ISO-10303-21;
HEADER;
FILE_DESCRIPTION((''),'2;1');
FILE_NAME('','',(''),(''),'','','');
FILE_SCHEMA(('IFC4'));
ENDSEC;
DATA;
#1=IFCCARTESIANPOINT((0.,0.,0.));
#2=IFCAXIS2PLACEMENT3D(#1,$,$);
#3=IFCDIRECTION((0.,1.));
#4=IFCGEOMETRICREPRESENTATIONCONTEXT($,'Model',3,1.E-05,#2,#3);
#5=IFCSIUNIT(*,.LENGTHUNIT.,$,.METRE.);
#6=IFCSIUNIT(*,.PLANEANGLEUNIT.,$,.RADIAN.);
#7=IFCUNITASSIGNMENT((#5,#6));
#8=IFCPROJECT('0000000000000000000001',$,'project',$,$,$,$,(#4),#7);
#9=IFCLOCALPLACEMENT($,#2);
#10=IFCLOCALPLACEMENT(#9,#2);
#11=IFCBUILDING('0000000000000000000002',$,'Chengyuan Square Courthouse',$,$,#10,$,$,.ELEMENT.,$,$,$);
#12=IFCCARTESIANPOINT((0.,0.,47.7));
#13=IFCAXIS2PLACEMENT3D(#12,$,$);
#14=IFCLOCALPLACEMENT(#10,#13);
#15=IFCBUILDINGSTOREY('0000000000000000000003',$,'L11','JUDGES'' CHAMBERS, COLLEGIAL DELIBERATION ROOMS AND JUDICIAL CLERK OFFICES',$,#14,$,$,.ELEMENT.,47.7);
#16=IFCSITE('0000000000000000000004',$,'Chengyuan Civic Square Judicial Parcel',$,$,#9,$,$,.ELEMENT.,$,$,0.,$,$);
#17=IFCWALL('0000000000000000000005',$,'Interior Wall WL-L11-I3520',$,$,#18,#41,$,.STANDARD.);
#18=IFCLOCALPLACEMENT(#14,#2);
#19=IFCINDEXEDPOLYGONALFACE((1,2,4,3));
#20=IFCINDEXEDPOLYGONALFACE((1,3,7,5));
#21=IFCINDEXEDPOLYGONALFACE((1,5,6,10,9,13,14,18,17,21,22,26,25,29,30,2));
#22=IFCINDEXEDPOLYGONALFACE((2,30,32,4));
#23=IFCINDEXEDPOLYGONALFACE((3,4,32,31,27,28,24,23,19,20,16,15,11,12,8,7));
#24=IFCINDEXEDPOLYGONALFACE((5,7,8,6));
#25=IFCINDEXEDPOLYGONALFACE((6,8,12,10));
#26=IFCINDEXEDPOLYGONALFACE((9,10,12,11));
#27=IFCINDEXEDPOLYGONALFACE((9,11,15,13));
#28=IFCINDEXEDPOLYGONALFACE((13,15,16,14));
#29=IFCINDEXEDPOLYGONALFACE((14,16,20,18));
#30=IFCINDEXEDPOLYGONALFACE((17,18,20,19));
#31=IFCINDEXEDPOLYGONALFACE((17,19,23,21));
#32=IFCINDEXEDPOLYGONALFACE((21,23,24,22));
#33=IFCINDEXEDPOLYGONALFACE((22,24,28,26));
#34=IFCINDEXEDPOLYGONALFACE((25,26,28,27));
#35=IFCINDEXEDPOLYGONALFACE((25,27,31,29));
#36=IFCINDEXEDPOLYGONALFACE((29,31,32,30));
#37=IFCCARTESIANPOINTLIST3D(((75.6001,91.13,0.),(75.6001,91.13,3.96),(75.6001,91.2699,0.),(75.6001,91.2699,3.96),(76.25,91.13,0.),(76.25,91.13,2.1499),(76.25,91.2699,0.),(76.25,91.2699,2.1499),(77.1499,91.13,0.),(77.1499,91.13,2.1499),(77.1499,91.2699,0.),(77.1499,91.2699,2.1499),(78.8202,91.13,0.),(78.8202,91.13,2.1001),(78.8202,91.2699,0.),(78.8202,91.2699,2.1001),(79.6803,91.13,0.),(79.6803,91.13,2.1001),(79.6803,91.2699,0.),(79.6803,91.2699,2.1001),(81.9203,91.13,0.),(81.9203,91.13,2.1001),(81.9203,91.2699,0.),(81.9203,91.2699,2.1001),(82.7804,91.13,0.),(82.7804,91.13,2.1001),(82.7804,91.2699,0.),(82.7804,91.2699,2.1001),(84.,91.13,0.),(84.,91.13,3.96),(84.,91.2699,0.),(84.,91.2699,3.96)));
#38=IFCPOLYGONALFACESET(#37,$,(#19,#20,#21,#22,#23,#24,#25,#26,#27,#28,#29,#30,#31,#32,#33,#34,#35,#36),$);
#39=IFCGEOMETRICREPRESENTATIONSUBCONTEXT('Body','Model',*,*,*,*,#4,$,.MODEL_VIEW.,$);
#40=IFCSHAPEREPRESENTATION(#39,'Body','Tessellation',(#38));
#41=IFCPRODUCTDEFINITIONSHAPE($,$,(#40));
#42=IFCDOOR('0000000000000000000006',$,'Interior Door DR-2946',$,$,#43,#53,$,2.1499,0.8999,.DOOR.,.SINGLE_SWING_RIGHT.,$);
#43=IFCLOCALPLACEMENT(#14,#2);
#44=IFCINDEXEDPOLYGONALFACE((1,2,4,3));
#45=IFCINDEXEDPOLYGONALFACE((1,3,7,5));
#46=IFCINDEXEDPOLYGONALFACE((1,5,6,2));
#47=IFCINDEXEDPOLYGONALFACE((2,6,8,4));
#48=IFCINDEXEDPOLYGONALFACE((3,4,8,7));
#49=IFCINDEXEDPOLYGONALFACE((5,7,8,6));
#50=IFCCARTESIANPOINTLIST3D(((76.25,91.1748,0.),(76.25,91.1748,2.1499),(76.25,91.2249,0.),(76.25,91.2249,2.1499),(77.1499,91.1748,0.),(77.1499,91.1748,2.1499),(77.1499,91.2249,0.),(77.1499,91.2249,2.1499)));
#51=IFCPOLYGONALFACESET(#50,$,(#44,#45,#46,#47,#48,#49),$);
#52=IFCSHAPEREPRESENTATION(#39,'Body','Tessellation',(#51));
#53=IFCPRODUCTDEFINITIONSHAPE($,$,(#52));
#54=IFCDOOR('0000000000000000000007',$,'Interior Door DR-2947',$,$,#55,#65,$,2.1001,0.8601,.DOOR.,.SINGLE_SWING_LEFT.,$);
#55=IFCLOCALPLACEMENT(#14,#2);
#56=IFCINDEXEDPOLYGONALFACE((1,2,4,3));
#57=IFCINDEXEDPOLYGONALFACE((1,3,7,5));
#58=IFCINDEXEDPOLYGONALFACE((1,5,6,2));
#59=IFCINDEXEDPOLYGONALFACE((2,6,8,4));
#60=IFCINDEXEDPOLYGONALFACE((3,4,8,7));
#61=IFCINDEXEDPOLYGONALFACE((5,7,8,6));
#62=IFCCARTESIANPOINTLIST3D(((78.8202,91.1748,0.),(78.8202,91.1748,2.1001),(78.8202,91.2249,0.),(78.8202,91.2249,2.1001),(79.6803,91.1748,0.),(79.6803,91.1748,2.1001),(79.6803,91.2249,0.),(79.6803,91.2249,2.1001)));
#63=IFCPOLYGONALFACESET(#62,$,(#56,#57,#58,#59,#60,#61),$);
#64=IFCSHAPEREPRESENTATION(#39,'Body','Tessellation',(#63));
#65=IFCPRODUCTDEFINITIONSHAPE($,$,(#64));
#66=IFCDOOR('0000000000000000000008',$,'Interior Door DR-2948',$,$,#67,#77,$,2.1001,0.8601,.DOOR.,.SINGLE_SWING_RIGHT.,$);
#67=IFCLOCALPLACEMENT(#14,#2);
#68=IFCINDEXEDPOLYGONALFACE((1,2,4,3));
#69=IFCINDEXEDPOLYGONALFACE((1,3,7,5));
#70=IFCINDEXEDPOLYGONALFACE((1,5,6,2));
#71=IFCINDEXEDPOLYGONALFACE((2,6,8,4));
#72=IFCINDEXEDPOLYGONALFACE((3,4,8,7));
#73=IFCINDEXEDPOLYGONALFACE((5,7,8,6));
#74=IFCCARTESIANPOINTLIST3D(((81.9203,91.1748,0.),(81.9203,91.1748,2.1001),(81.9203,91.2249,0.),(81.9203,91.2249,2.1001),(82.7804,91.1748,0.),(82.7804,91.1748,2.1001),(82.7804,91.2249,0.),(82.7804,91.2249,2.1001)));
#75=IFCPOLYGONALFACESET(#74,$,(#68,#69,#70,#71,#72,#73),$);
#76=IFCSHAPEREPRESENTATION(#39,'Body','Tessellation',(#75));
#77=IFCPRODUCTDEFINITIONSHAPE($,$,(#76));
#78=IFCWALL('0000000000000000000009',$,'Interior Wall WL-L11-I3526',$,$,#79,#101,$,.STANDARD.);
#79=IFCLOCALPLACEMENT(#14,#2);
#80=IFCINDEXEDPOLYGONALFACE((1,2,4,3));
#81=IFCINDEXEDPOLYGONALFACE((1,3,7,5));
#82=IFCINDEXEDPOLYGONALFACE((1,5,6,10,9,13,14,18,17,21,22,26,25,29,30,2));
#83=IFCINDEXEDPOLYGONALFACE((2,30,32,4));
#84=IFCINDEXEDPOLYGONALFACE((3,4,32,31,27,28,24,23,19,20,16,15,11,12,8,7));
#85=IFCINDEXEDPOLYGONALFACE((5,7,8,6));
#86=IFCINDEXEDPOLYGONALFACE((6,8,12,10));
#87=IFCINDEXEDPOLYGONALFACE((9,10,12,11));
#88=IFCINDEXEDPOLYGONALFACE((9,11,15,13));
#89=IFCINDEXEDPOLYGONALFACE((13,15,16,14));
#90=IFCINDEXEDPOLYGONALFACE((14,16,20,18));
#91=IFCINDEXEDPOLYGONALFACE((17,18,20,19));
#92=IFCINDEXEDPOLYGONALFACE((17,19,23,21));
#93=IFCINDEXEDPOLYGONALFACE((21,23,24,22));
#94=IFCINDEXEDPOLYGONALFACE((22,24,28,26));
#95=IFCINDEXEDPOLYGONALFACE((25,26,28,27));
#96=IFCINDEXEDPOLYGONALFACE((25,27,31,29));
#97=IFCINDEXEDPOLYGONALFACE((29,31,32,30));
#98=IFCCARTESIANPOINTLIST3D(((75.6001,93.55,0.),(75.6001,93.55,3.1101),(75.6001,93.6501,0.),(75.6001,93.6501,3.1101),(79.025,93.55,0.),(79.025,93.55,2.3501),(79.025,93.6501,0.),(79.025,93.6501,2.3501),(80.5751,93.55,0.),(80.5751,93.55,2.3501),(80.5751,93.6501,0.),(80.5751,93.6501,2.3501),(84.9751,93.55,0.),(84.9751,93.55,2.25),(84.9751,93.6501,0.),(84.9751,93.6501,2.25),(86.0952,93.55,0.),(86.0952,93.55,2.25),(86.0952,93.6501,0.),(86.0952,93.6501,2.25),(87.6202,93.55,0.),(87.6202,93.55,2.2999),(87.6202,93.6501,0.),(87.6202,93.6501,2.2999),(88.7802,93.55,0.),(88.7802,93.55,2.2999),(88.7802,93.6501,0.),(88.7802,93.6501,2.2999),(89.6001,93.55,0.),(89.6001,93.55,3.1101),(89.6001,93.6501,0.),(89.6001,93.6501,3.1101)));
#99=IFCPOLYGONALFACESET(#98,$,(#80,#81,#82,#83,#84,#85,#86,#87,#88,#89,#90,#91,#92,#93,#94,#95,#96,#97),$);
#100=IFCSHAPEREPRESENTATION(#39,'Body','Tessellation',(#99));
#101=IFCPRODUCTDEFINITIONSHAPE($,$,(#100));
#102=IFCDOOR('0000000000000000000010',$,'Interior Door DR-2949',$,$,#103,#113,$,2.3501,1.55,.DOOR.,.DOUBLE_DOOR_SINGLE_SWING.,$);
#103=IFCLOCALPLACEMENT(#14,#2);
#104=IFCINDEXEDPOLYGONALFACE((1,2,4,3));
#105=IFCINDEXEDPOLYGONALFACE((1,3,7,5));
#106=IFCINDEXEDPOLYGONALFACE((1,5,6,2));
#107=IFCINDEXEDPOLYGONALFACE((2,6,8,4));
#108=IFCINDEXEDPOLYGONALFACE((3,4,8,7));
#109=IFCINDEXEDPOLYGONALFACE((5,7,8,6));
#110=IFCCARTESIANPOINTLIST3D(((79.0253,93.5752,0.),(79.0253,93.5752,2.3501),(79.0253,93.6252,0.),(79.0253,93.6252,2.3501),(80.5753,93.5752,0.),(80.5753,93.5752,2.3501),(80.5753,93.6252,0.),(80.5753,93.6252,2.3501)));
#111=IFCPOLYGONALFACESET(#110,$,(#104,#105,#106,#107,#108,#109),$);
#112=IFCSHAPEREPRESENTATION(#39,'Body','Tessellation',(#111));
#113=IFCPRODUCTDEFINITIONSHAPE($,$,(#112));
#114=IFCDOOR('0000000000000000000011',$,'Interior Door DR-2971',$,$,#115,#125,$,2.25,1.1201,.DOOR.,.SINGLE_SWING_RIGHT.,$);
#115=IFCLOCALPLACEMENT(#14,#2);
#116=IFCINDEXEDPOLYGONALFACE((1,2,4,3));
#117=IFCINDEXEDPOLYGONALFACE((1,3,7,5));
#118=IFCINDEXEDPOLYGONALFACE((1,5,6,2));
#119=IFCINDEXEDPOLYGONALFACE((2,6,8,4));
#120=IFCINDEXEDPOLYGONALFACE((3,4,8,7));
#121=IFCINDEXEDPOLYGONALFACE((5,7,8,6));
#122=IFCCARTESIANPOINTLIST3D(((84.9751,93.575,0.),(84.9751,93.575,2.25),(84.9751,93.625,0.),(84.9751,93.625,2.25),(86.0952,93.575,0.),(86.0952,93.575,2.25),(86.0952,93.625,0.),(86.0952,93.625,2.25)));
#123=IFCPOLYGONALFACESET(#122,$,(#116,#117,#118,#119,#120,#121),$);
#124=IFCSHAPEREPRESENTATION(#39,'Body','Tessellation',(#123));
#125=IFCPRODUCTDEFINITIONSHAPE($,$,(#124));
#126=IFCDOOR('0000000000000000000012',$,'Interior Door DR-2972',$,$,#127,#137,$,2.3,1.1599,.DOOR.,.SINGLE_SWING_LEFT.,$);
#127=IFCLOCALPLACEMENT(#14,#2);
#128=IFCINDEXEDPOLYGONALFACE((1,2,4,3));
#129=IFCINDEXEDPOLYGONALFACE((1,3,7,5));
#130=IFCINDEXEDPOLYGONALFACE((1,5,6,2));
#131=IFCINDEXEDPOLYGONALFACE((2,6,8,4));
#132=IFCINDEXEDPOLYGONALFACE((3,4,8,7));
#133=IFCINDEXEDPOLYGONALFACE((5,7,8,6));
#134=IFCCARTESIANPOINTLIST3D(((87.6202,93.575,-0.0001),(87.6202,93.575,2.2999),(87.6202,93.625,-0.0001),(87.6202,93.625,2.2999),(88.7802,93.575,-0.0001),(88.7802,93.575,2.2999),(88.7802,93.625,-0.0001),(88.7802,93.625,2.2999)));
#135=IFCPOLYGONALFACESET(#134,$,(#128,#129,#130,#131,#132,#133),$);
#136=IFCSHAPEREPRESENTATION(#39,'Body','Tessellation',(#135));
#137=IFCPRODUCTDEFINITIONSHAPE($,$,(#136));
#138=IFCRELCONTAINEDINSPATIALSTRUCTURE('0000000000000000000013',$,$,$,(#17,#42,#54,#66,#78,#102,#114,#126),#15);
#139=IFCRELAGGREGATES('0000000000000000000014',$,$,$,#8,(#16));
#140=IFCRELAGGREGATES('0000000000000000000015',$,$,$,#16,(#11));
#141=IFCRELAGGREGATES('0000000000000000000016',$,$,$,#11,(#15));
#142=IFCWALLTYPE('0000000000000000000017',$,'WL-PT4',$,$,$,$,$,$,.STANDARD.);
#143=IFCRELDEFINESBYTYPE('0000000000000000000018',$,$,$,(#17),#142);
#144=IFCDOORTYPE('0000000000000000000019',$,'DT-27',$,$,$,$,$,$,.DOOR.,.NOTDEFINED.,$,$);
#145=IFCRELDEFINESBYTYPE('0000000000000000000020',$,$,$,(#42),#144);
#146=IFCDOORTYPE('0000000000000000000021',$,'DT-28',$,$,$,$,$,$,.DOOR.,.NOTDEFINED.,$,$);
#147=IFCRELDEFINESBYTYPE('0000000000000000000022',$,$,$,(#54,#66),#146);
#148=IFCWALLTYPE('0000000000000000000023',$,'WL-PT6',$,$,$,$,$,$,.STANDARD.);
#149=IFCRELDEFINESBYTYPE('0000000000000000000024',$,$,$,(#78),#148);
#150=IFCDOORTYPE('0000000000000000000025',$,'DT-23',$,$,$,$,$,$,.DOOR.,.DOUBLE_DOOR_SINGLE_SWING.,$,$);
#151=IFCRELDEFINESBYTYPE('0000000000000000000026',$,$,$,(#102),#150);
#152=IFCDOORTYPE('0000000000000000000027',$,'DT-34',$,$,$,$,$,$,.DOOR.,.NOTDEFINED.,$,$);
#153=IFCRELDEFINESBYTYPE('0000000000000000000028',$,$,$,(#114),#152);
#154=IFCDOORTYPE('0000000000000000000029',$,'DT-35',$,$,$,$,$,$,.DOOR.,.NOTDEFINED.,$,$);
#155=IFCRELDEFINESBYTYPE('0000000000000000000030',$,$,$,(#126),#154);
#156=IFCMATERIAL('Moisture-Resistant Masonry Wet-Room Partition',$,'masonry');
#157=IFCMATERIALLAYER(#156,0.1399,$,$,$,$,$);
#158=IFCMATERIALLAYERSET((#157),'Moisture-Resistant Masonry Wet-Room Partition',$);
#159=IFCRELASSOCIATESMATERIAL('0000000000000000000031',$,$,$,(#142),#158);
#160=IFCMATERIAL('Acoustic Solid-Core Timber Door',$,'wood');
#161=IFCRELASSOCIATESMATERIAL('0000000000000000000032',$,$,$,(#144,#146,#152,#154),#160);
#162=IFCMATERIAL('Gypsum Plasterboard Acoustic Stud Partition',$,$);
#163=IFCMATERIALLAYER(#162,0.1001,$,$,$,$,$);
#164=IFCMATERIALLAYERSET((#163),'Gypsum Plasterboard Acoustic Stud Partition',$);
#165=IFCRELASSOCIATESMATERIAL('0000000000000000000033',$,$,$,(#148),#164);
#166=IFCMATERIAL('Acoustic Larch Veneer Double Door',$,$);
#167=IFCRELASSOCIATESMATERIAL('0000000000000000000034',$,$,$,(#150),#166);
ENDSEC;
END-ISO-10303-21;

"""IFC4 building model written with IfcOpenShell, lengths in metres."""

from ifc_helpers import new_model, si_unit, direction, frame, frame_2d, origin, place, context, subcontext, project, spatial, rectangle, extrude, material, layer, layer_set, type_object, element, fill, save


model = new_model("IFC4")

# Units and contexts
model_context = context("Model", 3, precision=1e-05, world=origin(), true_north=direction((0.0, 1.0)))
body_context = subcontext(model_context, "Body", "Model", "MODEL_VIEW")
ifc_project = project(units=[si_unit("LENGTHUNIT", "METRE"), si_unit("PLANEANGLEUNIT", "RADIAN")], contexts=[model_context])

# Site, building, storey
site_placement = place(None, origin())
site = spatial("IfcSite", under=ifc_project, at=site_placement, Name="Chengyuan Civic Square Judicial Parcel", CompositionType="ELEMENT", RefElevation=0.0)
building_placement = place(site_placement, origin())
building = spatial("IfcBuilding", under=site, at=building_placement, Name="Chengyuan Square Courthouse", CompositionType="ELEMENT")
storey_placement = place(building_placement, frame((0.0, 0.0, 47.7)))
storey = spatial("IfcBuildingStorey", under=building, at=storey_placement, Name="L11", Description="JUDGES' CHAMBERS, COLLEGIAL DELIBERATION ROOMS AND JUDICIAL CLERK OFFICES", CompositionType="ELEMENT", Elevation=47.7)

# Shared definitions
ifc_material_1 = material(Name="Acoustic Solid-Core Timber Door", Category="wood")

# Walls, openings, doors
ifc_material_2 = material(Name="Moisture-Resistant Masonry Wet-Room Partition", Category="masonry")
ifc_layer_1 = layer(ifc_material_2, 0.1399)
ifc_layer_set_1 = layer_set([ifc_layer_1], Name="Moisture-Resistant Masonry Wet-Room Partition")
wall_type_1 = type_object("IfcWallType", Name="WL-PT4", PredefinedType="STANDARD", material=ifc_layer_set_1)
wall_1_placement = place(storey_placement, frame((75.6001, 91.2, 0.0), z_axis=(0.0, 0.0, 1.0), x_axis=(1.0, 0.0, 0.0)))
wall_1 = element("IfcWall", 1, at=wall_1_placement, inside=storey, type_object=wall_type_1, Name="Interior Wall WL-L11-I3520", PredefinedType="STANDARD", context=body_context, shape_type="SweptSolid", body=[
    extrude(rectangle(XDim=8.3999, YDim=0.1399, at=frame_2d((4.2, 0.0))), origin(), (0.0, 0.0, 1.0), 3.96),
])
opening_1_placement = place(wall_1_placement, frame((0.6499, 0.0, 0.0)))
opening_1 = element("IfcOpeningElement", 2, at=opening_1_placement, cuts=wall_1, PredefinedType="OPENING", context=body_context, shape_type="SweptSolid", body=[
    extrude(rectangle(XDim=0.8999, YDim=2.1499, at=frame_2d((0.45, 1.075))), frame((0.0, 0.082, 0.0), z_axis=(0.0, -1.0, 0.0), x_axis=(1.0, 0.0, 0.0)), (0.0, 0.0, 1.0), 0.1638),
])
opening_2_placement = place(wall_1_placement, frame((3.22, 0.0, 0.0)))
opening_2 = element("IfcOpeningElement", 3, at=opening_2_placement, cuts=wall_1, PredefinedType="OPENING", context=body_context, shape_type="SweptSolid", body=[
    extrude(rectangle(XDim=0.8601, YDim=2.1001, at=frame_2d((0.4302, 1.05))), frame((0.0, 0.082, 0.0), z_axis=(0.0, -1.0, 0.0), x_axis=(1.0, 0.0, 0.0)), (0.0, 0.0, 1.0), 0.1638),
])
opening_3_placement = place(wall_1_placement, frame((6.3201, 0.0, 0.0)))
opening_3 = element("IfcOpeningElement", 4, at=opening_3_placement, cuts=wall_1, PredefinedType="OPENING", context=body_context, shape_type="SweptSolid", body=[
    extrude(rectangle(XDim=0.8601, YDim=2.1001, at=frame_2d((0.4302, 1.05))), frame((0.0, 0.082, 0.0), z_axis=(0.0, -1.0, 0.0), x_axis=(1.0, 0.0, 0.0)), (0.0, 0.0, 1.0), 0.1638),
])
door_type_1 = type_object("IfcDoorType", Name="DT-27", OperationType="NOTDEFINED", PredefinedType="DOOR", material=ifc_material_1)
door_1_placement = place(opening_1_placement, origin())
door_1 = element("IfcDoor", 5, at=door_1_placement, inside=storey, type_object=door_type_1, Name="Interior Door DR-2946", OperationType="SINGLE_SWING_RIGHT", OverallHeight=2.1499, OverallWidth=0.8999, PredefinedType="DOOR", context=body_context, shape_type="SweptSolid", body=[
    extrude(rectangle(XDim=0.8999, YDim=2.1499, at=frame_2d((0.45, 1.075))), frame((0.0, 0.0249, 0.0), z_axis=(0.0, -1.0, 0.0), x_axis=(1.0, 0.0, 0.0)), (0.0, 0.0, 1.0), 0.05),
])
fill(opening_1, door_1)
door_type_2 = type_object("IfcDoorType", Name="DT-28", OperationType="NOTDEFINED", PredefinedType="DOOR", material=ifc_material_1)
door_2_placement = place(opening_2_placement, origin())
door_2 = element("IfcDoor", 6, at=door_2_placement, inside=storey, type_object=door_type_2, Name="Interior Door DR-2947", OperationType="SINGLE_SWING_LEFT", OverallHeight=2.1001, OverallWidth=0.8601, PredefinedType="DOOR", context=body_context, shape_type="SweptSolid", body=[
    extrude(rectangle(XDim=0.8601, YDim=2.1001, at=frame_2d((0.4302, 1.05))), frame((0.0, 0.0249, 0.0), z_axis=(0.0, -1.0, 0.0), x_axis=(1.0, 0.0, 0.0)), (0.0, 0.0, 1.0), 0.05),
])
fill(opening_2, door_2)
door_3_placement = place(opening_3_placement, origin())
door_3 = element("IfcDoor", 7, at=door_3_placement, inside=storey, type_object=door_type_2, Name="Interior Door DR-2948", OperationType="SINGLE_SWING_RIGHT", OverallHeight=2.1001, OverallWidth=0.8601, PredefinedType="DOOR", context=body_context, shape_type="SweptSolid", body=[
    extrude(rectangle(XDim=0.8601, YDim=2.1001, at=frame_2d((0.4302, 1.05))), frame((0.0, 0.0249, 0.0), z_axis=(0.0, -1.0, 0.0), x_axis=(1.0, 0.0, 0.0)), (0.0, 0.0, 1.0), 0.05),
])
fill(opening_3, door_3)
ifc_material_3 = material(Name="Gypsum Plasterboard Acoustic Stud Partition")
ifc_layer_2 = layer(ifc_material_3, 0.1001)
ifc_layer_set_2 = layer_set([ifc_layer_2], Name="Gypsum Plasterboard Acoustic Stud Partition")
wall_type_2 = type_object("IfcWallType", Name="WL-PT6", PredefinedType="STANDARD", material=ifc_layer_set_2)
wall_2_placement = place(storey_placement, frame((75.6001, 93.6001, 0.0), z_axis=(0.0, 0.0, 1.0), x_axis=(1.0, 0.0, 0.0)))
wall_2 = element("IfcWall", 8, at=wall_2_placement, inside=storey, type_object=wall_type_2, Name="Interior Wall WL-L11-I3526", PredefinedType="STANDARD", context=body_context, shape_type="SweptSolid", body=[
    extrude(rectangle(XDim=14.0, YDim=0.1001, at=frame_2d((7.0, 0.0))), origin(), (0.0, 0.0, 1.0), 3.1101),
])
opening_4_placement = place(wall_2_placement, frame((3.425, 0.0, 0.0)))
opening_4 = element("IfcOpeningElement", 9, at=opening_4_placement, cuts=wall_2, PredefinedType="OPENING", context=body_context, shape_type="SweptSolid", body=[
    extrude(rectangle(XDim=1.55, YDim=2.3501, at=frame_2d((0.7749, 1.175))), frame((0.0, 0.062, 0.0), z_axis=(0.0, -1.0, 0.0), x_axis=(1.0, 0.0, 0.0)), (0.0, 0.0, 1.0), 0.124),
])
opening_5_placement = place(wall_2_placement, frame((9.375, 0.0, 0.0)))
opening_5 = element("IfcOpeningElement", 10, at=opening_5_placement, cuts=wall_2, PredefinedType="OPENING", context=body_context, shape_type="SweptSolid", body=[
    extrude(rectangle(XDim=1.1201, YDim=2.25, at=frame_2d((0.5601, 1.125))), frame((0.0, 0.062, 0.0), z_axis=(0.0, -1.0, 0.0), x_axis=(1.0, 0.0, 0.0)), (0.0, 0.0, 1.0), 0.124),
])
opening_6_placement = place(wall_2_placement, frame((12.02, 0.0, 0.0)))
opening_6 = element("IfcOpeningElement", 11, at=opening_6_placement, cuts=wall_2, PredefinedType="OPENING", context=body_context, shape_type="SweptSolid", body=[
    extrude(rectangle(XDim=1.1599, YDim=2.3, at=frame_2d((0.5801, 1.1499))), frame((0.0, 0.062, 0.0), z_axis=(0.0, -1.0, 0.0), x_axis=(1.0, 0.0, 0.0)), (0.0, 0.0, 1.0), 0.124),
])
ifc_material_4 = material(Name="Acoustic Larch Veneer Double Door")
door_type_3 = type_object("IfcDoorType", Name="DT-23", OperationType="DOUBLE_DOOR_SINGLE_SWING", PredefinedType="DOOR", material=ifc_material_4)
door_4_placement = place(opening_4_placement, frame((1.55, 0.0, 0.0), z_axis=(0.0, 0.0, 1.0), x_axis=(-1.0, 0.0, 0.0)))
door_4 = element("IfcDoor", 12, at=door_4_placement, inside=storey, type_object=door_type_3, Name="Interior Door DR-2949", OperationType="DOUBLE_DOOR_SINGLE_SWING", OverallHeight=2.3501, OverallWidth=1.55, PredefinedType="DOOR", context=body_context, shape_type="SweptSolid", body=[
    extrude(rectangle(XDim=1.55, YDim=2.3501, at=frame_2d((0.7749, 1.175))), frame((0.0, 0.0249, 0.0), z_axis=(0.0, -1.0, 0.0), x_axis=(1.0, 0.0, 0.0)), (0.0, 0.0, 1.0), 0.05),
])
fill(opening_4, door_4)
door_type_4 = type_object("IfcDoorType", Name="DT-34", OperationType="NOTDEFINED", PredefinedType="DOOR", material=ifc_material_1)
door_5_placement = place(opening_5_placement, origin())
door_5 = element("IfcDoor", 13, at=door_5_placement, inside=storey, type_object=door_type_4, Name="Interior Door DR-2971", OperationType="SINGLE_SWING_RIGHT", OverallHeight=2.25, OverallWidth=1.1201, PredefinedType="DOOR", context=body_context, shape_type="SweptSolid", body=[
    extrude(rectangle(XDim=1.1201, YDim=2.25, at=frame_2d((0.5601, 1.125))), frame((0.0, 0.0249, 0.0), z_axis=(0.0, -1.0, 0.0), x_axis=(1.0, 0.0, 0.0)), (0.0, 0.0, 1.0), 0.05),
])
fill(opening_5, door_5)
door_type_5 = type_object("IfcDoorType", Name="DT-35", OperationType="NOTDEFINED", PredefinedType="DOOR", material=ifc_material_1)
door_6_placement = place(opening_6_placement, origin())
door_6 = element("IfcDoor", 14, at=door_6_placement, inside=storey, type_object=door_type_5, Name="Interior Door DR-2972", OperationType="SINGLE_SWING_LEFT", OverallHeight=2.3, OverallWidth=1.1599, PredefinedType="DOOR", context=body_context, shape_type="SweptSolid", body=[
    extrude(rectangle(XDim=1.1599, YDim=2.3, at=frame_2d((0.5801, 1.1499))), frame((0.0, 0.0249, 0.0), z_axis=(0.0, -1.0, 0.0), x_axis=(1.0, 0.0, 0.0)), (0.0, 0.0, 1.0), 0.05),
])
fill(opening_6, door_6)

save(model, "model.ifc")
